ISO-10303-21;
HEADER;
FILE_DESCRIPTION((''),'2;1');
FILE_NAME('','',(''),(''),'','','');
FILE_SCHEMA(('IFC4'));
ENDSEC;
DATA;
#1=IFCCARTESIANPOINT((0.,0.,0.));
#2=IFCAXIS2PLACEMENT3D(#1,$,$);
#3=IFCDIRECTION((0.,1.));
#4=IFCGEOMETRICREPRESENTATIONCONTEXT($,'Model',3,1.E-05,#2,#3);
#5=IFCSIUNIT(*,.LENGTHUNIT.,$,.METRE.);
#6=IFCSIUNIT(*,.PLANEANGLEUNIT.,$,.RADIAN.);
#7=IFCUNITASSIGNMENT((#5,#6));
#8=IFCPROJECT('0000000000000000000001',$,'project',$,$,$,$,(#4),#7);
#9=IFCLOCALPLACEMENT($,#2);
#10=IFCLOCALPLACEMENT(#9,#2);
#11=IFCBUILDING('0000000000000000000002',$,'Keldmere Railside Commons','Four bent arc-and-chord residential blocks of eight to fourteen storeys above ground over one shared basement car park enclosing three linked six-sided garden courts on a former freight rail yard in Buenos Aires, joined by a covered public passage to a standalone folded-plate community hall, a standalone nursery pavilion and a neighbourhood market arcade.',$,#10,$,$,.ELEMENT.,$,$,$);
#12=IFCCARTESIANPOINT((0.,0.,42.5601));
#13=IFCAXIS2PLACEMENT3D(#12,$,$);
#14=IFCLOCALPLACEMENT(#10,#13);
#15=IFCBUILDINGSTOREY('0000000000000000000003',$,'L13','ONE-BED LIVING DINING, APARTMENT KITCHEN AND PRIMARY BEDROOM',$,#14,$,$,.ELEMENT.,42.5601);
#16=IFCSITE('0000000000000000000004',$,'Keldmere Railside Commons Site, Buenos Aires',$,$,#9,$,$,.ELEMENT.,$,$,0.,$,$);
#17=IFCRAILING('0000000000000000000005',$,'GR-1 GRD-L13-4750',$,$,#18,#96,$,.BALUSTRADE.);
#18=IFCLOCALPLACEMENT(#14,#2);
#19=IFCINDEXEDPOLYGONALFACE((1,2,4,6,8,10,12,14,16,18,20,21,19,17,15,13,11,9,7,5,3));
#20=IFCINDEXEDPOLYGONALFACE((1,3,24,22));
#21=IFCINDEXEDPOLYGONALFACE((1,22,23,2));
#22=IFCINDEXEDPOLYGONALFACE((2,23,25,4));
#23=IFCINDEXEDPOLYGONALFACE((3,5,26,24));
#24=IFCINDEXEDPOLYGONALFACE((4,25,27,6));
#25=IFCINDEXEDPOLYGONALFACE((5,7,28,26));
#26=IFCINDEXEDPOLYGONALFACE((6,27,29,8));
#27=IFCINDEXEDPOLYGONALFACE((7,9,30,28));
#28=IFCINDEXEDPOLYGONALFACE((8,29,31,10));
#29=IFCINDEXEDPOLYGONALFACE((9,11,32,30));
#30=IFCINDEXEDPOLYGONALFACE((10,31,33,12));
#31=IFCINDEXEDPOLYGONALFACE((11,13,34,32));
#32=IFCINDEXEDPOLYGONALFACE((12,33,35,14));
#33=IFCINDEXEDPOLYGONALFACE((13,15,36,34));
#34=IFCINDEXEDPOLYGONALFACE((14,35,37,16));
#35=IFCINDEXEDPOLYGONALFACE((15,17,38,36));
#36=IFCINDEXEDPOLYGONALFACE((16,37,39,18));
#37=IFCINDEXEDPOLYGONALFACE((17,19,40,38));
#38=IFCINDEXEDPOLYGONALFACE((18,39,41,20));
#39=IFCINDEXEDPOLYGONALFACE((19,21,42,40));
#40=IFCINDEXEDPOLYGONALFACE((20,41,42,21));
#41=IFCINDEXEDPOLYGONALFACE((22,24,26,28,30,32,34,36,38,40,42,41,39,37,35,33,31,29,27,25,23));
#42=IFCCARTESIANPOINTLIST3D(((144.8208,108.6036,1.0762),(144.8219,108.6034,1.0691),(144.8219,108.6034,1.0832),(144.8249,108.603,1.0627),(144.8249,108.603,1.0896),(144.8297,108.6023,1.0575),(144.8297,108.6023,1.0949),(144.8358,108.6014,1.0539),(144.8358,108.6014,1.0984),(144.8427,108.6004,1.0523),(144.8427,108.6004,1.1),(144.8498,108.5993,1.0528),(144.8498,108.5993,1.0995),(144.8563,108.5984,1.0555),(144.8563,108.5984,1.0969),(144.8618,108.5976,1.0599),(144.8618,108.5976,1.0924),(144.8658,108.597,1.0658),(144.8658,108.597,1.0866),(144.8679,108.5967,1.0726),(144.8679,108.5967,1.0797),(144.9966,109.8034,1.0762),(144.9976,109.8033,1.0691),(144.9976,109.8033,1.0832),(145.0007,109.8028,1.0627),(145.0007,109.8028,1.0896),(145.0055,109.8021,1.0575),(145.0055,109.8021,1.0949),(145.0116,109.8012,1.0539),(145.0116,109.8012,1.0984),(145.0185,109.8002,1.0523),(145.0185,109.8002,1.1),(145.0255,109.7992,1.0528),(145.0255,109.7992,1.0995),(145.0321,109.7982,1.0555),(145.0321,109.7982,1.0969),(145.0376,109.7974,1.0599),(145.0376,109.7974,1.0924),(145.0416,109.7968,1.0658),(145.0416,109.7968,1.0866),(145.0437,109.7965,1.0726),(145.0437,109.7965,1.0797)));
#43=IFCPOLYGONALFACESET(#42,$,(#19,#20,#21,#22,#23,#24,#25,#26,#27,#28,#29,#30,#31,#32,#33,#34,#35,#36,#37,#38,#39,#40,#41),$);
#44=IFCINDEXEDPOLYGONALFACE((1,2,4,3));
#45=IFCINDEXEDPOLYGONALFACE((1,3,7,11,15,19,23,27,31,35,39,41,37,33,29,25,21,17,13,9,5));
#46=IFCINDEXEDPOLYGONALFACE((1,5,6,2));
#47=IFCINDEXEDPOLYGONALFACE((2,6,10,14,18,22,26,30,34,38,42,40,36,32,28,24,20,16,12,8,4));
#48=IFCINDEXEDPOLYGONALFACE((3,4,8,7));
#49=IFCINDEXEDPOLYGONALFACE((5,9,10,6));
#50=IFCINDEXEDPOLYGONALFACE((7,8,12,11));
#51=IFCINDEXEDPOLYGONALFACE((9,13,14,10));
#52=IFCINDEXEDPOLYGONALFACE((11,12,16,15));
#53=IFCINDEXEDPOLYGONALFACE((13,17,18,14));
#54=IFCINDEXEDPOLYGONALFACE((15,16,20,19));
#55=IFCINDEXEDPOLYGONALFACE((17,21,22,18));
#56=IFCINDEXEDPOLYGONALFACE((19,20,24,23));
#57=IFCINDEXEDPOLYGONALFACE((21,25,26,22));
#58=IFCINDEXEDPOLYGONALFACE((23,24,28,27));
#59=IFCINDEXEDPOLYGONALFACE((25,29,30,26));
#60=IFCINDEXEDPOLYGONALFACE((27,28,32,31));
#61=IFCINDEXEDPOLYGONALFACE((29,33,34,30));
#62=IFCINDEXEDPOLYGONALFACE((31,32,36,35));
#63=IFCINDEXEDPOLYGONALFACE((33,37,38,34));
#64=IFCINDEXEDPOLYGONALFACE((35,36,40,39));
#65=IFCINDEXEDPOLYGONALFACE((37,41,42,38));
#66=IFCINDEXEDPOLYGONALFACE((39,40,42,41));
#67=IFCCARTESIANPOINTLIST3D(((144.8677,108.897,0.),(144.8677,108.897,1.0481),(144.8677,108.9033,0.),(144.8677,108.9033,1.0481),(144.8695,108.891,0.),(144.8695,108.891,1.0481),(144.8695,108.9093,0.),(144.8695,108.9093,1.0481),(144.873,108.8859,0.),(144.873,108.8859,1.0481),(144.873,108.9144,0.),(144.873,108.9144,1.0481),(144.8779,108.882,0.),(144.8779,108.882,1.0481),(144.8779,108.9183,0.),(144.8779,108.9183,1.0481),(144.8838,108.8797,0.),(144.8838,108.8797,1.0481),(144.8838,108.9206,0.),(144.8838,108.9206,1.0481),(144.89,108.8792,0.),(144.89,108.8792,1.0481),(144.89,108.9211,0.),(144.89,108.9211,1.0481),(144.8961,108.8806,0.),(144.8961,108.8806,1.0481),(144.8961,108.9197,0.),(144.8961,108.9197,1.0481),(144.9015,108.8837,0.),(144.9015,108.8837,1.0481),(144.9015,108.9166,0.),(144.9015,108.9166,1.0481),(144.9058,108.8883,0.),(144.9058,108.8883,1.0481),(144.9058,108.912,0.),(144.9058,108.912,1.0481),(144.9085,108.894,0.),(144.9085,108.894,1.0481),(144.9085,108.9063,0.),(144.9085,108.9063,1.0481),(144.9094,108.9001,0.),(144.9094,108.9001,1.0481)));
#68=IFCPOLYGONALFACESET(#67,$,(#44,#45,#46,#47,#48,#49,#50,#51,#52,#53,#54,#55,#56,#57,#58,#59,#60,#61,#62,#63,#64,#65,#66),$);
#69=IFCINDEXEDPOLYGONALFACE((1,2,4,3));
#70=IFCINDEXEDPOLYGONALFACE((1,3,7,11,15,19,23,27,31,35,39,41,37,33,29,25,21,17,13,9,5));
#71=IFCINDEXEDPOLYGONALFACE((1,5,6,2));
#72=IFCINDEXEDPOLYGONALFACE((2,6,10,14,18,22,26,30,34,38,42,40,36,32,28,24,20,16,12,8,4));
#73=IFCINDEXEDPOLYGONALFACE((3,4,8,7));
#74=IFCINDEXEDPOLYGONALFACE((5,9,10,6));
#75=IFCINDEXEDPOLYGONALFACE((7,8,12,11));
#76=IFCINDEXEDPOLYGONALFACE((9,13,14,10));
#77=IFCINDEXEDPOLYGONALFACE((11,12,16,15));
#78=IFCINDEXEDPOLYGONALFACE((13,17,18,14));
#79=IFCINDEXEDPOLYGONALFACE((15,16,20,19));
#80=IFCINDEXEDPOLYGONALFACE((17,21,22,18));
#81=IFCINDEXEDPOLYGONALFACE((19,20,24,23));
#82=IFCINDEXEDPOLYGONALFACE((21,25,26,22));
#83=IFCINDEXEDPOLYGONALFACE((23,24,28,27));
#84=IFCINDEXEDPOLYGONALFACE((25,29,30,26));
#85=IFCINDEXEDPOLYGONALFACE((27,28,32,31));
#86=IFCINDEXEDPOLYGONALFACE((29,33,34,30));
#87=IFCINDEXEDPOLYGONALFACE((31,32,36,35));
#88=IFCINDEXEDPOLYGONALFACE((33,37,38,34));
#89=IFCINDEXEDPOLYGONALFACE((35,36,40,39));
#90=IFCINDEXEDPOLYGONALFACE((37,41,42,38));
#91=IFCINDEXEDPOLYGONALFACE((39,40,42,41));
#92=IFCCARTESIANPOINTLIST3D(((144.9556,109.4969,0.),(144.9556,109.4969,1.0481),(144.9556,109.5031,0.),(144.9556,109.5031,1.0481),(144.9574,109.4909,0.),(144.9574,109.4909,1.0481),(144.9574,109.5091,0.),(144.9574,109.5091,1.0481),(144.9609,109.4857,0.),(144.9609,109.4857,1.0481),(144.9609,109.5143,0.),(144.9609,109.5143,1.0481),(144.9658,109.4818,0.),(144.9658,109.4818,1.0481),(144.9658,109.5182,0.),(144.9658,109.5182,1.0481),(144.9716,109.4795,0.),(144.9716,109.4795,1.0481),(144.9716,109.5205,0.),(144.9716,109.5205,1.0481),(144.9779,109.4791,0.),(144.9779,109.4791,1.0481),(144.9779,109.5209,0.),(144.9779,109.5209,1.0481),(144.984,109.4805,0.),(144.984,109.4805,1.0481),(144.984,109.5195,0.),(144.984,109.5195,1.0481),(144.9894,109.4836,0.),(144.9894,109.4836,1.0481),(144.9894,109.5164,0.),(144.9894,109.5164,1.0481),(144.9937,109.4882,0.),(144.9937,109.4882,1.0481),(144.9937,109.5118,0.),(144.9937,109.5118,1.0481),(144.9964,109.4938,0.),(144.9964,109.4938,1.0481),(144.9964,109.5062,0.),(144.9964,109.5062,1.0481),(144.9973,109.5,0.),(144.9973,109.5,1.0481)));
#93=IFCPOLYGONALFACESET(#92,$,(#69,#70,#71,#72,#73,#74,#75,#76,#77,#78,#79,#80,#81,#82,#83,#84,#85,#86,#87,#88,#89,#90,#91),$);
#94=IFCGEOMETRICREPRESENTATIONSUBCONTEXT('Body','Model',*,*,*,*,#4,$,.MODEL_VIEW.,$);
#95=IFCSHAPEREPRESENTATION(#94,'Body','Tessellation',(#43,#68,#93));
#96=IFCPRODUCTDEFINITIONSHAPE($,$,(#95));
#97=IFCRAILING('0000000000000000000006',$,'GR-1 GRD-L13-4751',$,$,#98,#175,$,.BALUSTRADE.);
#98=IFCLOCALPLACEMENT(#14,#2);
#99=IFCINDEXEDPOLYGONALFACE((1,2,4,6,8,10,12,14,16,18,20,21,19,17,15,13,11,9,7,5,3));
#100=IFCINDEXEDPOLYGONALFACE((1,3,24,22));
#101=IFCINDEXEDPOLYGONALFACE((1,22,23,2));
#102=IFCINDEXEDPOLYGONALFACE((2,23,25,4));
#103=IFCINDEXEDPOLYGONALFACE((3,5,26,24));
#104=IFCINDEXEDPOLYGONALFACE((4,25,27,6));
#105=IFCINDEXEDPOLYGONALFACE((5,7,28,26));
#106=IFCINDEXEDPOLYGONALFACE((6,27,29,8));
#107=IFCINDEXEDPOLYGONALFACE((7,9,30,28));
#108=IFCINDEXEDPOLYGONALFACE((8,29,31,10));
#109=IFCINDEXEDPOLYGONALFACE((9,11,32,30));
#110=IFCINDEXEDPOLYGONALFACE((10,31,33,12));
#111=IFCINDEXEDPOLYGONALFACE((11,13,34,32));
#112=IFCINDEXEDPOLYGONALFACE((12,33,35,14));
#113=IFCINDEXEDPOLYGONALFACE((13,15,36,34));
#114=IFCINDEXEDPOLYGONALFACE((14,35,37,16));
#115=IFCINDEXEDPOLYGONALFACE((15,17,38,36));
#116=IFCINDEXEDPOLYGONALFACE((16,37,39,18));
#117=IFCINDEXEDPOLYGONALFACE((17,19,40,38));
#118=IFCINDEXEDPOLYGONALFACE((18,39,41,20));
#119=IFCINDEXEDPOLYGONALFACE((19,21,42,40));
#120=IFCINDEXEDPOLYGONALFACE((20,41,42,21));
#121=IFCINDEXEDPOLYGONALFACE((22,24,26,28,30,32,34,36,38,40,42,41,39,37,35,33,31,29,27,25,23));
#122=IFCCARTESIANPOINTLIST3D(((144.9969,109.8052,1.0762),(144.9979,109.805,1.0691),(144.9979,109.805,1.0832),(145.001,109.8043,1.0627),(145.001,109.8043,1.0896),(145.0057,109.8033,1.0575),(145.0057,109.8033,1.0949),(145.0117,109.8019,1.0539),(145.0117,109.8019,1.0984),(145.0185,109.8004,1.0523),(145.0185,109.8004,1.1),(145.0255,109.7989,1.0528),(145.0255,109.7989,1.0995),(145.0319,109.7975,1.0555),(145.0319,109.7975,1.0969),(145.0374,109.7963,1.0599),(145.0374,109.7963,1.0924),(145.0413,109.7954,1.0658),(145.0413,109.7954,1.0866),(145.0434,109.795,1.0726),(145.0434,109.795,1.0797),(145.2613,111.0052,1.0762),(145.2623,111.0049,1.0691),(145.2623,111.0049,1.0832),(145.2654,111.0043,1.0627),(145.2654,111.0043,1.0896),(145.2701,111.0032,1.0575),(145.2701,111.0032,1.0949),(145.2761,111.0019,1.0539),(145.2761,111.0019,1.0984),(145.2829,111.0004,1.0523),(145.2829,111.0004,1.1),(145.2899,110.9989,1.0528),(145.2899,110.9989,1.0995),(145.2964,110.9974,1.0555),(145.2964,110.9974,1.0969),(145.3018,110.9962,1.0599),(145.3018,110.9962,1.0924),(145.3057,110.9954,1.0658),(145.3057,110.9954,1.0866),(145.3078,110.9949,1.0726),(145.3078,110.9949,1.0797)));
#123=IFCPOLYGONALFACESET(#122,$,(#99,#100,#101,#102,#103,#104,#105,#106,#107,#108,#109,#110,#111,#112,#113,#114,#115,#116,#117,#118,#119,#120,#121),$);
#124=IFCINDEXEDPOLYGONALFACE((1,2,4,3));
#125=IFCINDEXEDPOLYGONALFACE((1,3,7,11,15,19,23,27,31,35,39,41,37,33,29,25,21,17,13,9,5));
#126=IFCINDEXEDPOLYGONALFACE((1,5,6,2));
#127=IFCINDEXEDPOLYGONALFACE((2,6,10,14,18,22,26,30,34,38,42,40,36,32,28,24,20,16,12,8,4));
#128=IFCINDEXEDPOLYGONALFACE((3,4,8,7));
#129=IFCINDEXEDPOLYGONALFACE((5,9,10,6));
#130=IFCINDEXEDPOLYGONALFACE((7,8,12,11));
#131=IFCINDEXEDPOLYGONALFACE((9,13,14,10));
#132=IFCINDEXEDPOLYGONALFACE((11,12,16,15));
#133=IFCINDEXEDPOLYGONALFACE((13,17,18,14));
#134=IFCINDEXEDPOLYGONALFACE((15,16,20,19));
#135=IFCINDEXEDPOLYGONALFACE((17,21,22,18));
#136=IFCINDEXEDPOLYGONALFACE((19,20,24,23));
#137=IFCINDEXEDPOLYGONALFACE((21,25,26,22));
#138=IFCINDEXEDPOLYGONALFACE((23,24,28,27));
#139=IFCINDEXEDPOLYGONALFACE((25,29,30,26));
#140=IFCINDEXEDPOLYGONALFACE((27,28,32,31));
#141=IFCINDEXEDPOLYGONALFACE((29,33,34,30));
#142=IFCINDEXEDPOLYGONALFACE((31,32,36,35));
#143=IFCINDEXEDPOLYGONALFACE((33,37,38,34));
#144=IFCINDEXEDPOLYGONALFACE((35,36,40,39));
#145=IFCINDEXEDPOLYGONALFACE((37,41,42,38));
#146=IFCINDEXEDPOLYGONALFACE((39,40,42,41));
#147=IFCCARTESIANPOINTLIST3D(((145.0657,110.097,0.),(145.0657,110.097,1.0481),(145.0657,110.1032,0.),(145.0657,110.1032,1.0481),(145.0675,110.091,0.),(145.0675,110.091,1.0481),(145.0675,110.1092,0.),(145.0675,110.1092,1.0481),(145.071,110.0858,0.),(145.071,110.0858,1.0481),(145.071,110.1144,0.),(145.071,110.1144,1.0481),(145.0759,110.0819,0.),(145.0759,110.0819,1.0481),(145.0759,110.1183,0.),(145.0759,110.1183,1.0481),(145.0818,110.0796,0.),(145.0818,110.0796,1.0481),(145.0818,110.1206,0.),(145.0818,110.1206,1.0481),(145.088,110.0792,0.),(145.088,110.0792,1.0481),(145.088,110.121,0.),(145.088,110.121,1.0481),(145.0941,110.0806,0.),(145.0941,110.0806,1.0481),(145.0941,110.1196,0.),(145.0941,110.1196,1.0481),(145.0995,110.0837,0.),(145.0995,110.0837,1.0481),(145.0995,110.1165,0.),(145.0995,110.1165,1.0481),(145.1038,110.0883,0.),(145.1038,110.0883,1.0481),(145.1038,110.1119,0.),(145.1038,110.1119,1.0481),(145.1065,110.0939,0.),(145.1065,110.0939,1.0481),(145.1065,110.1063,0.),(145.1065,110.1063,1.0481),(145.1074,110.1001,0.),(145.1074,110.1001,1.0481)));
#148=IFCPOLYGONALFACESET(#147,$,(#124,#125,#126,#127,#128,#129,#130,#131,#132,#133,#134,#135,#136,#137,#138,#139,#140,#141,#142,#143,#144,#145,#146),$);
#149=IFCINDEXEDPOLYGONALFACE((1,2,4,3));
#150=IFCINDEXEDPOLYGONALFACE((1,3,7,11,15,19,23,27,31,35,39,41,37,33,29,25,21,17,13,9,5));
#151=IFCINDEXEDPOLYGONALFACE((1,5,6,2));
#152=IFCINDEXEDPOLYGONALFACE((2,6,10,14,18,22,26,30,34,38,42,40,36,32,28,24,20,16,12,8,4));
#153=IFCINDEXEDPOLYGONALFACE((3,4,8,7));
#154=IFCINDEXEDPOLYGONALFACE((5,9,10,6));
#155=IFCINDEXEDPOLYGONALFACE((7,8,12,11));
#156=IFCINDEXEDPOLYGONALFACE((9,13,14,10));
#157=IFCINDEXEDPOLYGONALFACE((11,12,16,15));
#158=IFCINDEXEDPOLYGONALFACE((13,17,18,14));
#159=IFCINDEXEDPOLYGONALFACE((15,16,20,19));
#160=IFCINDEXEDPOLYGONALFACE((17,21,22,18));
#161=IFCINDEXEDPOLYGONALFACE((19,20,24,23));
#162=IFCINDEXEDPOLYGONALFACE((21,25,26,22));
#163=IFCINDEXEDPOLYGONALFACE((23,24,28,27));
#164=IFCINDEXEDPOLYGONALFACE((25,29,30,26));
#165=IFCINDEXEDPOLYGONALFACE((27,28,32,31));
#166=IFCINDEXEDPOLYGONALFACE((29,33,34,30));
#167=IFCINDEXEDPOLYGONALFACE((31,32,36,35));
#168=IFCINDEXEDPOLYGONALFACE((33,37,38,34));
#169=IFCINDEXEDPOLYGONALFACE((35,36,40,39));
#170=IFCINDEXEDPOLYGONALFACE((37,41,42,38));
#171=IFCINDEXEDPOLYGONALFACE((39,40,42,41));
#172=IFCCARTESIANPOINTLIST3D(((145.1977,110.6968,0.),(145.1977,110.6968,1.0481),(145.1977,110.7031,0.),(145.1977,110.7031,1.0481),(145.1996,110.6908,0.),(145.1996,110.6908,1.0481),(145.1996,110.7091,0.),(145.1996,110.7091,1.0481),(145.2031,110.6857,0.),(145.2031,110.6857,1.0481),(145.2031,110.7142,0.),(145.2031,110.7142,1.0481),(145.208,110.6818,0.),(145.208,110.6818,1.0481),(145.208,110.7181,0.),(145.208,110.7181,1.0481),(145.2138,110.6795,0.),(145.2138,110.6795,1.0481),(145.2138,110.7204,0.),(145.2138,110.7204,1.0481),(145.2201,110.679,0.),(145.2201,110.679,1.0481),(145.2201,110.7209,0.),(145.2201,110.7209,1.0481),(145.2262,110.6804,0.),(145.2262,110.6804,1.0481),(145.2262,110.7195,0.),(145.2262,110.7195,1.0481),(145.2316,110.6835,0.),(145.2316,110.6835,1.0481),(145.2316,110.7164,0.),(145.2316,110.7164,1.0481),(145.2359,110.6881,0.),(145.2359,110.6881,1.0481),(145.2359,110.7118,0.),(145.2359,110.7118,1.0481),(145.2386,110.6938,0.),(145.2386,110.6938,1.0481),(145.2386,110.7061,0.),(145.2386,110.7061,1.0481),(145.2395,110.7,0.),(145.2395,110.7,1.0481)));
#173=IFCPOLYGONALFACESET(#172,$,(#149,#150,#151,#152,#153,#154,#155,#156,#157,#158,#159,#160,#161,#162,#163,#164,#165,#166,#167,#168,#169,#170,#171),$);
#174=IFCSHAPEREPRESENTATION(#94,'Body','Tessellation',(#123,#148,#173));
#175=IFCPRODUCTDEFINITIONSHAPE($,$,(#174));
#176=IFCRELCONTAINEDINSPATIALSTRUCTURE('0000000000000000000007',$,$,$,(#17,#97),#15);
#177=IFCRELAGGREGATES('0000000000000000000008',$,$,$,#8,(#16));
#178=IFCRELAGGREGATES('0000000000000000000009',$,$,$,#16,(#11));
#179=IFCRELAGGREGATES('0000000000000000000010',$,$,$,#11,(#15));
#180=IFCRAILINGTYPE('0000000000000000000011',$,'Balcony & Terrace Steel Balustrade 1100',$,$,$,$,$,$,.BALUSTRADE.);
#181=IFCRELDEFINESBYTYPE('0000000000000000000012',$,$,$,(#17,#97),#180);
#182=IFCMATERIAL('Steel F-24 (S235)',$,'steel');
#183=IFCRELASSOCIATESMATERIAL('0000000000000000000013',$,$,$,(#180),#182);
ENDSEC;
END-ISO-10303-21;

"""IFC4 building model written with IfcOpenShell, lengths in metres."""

from ifc_helpers import new_model, si_unit, direction, frame, origin, origin_2d, place, context, subcontext, project, spatial, circle, extrude, material, type_object, element, save


model = new_model("IFC4")

# Units and contexts
model_context = context("Model", 3, precision=1e-05, world=origin(), true_north=direction((0.0, 1.0)))
body_context = subcontext(model_context, "Body", "Model", "MODEL_VIEW")
ifc_project = project(units=[si_unit("LENGTHUNIT", "METRE"), si_unit("PLANEANGLEUNIT", "RADIAN")], contexts=[model_context])

# Site, building, storey
site_placement = place(None, origin())
site = spatial("IfcSite", under=ifc_project, at=site_placement, Name="Keldmere Railside Commons Site, Buenos Aires", CompositionType="ELEMENT", RefElevation=0.0)
building_placement = place(site_placement, origin())
building = spatial("IfcBuilding", under=site, at=building_placement, Name="Keldmere Railside Commons", Description="Four bent arc-and-chord residential blocks of eight to fourteen storeys above ground over one shared basement car park enclosing three linked six-sided garden courts on a former freight rail yard in Buenos Aires, joined by a covered public passage to a standalone folded-plate community hall, a standalone nursery pavilion and a neighbourhood market arcade.", CompositionType="ELEMENT")
storey_placement = place(building_placement, frame((0.0, 0.0, 42.5601)))
storey = spatial("IfcBuildingStorey", under=building, at=storey_placement, Name="L13", Description="ONE-BED LIVING DINING, APARTMENT KITCHEN AND PRIMARY BEDROOM", CompositionType="ELEMENT", Elevation=42.5601)

# Railings
ifc_material_1 = material(Name="Steel F-24 (S235)", Category="steel")
railing_type = type_object("IfcRailingType", Name="Balcony & Terrace Steel Balustrade 1100", PredefinedType="BALUSTRADE", material=ifc_material_1)
railing_1_placement = place(storey_placement, frame((144.8445, 108.6001, 0.0)))
element("IfcRailing", 1, at=railing_1_placement, inside=storey, type_object=railing_type, Name="GR-1 GRD-L13-4750", PredefinedType="BALUSTRADE", context=body_context, shape_type="SweptSolid", body=[
    extrude(circle(Radius=0.0239, at=origin_2d()), frame((0.0, 0.0, 1.0762), z_axis=(0.144943, 0.98944, 0.0), x_axis=(-0.98944, 0.144943, 0.0)), (0.0, 0.0, 1.0), 1.2126),
    extrude(circle(Radius=0.021, at=origin_2d()), frame((0.0439, 0.3, 0.0)), (0.0, 0.0, 1.0), 1.0481),
    extrude(circle(Radius=0.021, at=origin_2d()), frame((0.1318, 0.8999, 0.0)), (0.0, 0.0, 1.0), 1.0481),
])
railing_2_placement = place(storey_placement, frame((145.0203, 109.8, 0.0)))
element("IfcRailing", 2, at=railing_2_placement, inside=storey, type_object=railing_type, Name="GR-1 GRD-L13-4751", PredefinedType="BALUSTRADE", context=body_context, shape_type="SweptSolid", body=[
    extrude(circle(Radius=0.0239, at=origin_2d()), frame((0.0, 0.0, 1.0762), z_axis=(0.215184, 0.976574, 0.0), x_axis=(-0.976574, 0.215184, 0.0)), (0.0, 0.0, 1.0), 1.2288),
    extrude(circle(Radius=0.021, at=origin_2d()), frame((0.0662, 0.3, 0.0)), (0.0, 0.0, 1.0), 1.0481),
    extrude(circle(Radius=0.021, at=origin_2d()), frame((0.1982, 0.8999, 0.0)), (0.0, 0.0, 1.0), 1.0481),
])

save(model, "model.ifc")
